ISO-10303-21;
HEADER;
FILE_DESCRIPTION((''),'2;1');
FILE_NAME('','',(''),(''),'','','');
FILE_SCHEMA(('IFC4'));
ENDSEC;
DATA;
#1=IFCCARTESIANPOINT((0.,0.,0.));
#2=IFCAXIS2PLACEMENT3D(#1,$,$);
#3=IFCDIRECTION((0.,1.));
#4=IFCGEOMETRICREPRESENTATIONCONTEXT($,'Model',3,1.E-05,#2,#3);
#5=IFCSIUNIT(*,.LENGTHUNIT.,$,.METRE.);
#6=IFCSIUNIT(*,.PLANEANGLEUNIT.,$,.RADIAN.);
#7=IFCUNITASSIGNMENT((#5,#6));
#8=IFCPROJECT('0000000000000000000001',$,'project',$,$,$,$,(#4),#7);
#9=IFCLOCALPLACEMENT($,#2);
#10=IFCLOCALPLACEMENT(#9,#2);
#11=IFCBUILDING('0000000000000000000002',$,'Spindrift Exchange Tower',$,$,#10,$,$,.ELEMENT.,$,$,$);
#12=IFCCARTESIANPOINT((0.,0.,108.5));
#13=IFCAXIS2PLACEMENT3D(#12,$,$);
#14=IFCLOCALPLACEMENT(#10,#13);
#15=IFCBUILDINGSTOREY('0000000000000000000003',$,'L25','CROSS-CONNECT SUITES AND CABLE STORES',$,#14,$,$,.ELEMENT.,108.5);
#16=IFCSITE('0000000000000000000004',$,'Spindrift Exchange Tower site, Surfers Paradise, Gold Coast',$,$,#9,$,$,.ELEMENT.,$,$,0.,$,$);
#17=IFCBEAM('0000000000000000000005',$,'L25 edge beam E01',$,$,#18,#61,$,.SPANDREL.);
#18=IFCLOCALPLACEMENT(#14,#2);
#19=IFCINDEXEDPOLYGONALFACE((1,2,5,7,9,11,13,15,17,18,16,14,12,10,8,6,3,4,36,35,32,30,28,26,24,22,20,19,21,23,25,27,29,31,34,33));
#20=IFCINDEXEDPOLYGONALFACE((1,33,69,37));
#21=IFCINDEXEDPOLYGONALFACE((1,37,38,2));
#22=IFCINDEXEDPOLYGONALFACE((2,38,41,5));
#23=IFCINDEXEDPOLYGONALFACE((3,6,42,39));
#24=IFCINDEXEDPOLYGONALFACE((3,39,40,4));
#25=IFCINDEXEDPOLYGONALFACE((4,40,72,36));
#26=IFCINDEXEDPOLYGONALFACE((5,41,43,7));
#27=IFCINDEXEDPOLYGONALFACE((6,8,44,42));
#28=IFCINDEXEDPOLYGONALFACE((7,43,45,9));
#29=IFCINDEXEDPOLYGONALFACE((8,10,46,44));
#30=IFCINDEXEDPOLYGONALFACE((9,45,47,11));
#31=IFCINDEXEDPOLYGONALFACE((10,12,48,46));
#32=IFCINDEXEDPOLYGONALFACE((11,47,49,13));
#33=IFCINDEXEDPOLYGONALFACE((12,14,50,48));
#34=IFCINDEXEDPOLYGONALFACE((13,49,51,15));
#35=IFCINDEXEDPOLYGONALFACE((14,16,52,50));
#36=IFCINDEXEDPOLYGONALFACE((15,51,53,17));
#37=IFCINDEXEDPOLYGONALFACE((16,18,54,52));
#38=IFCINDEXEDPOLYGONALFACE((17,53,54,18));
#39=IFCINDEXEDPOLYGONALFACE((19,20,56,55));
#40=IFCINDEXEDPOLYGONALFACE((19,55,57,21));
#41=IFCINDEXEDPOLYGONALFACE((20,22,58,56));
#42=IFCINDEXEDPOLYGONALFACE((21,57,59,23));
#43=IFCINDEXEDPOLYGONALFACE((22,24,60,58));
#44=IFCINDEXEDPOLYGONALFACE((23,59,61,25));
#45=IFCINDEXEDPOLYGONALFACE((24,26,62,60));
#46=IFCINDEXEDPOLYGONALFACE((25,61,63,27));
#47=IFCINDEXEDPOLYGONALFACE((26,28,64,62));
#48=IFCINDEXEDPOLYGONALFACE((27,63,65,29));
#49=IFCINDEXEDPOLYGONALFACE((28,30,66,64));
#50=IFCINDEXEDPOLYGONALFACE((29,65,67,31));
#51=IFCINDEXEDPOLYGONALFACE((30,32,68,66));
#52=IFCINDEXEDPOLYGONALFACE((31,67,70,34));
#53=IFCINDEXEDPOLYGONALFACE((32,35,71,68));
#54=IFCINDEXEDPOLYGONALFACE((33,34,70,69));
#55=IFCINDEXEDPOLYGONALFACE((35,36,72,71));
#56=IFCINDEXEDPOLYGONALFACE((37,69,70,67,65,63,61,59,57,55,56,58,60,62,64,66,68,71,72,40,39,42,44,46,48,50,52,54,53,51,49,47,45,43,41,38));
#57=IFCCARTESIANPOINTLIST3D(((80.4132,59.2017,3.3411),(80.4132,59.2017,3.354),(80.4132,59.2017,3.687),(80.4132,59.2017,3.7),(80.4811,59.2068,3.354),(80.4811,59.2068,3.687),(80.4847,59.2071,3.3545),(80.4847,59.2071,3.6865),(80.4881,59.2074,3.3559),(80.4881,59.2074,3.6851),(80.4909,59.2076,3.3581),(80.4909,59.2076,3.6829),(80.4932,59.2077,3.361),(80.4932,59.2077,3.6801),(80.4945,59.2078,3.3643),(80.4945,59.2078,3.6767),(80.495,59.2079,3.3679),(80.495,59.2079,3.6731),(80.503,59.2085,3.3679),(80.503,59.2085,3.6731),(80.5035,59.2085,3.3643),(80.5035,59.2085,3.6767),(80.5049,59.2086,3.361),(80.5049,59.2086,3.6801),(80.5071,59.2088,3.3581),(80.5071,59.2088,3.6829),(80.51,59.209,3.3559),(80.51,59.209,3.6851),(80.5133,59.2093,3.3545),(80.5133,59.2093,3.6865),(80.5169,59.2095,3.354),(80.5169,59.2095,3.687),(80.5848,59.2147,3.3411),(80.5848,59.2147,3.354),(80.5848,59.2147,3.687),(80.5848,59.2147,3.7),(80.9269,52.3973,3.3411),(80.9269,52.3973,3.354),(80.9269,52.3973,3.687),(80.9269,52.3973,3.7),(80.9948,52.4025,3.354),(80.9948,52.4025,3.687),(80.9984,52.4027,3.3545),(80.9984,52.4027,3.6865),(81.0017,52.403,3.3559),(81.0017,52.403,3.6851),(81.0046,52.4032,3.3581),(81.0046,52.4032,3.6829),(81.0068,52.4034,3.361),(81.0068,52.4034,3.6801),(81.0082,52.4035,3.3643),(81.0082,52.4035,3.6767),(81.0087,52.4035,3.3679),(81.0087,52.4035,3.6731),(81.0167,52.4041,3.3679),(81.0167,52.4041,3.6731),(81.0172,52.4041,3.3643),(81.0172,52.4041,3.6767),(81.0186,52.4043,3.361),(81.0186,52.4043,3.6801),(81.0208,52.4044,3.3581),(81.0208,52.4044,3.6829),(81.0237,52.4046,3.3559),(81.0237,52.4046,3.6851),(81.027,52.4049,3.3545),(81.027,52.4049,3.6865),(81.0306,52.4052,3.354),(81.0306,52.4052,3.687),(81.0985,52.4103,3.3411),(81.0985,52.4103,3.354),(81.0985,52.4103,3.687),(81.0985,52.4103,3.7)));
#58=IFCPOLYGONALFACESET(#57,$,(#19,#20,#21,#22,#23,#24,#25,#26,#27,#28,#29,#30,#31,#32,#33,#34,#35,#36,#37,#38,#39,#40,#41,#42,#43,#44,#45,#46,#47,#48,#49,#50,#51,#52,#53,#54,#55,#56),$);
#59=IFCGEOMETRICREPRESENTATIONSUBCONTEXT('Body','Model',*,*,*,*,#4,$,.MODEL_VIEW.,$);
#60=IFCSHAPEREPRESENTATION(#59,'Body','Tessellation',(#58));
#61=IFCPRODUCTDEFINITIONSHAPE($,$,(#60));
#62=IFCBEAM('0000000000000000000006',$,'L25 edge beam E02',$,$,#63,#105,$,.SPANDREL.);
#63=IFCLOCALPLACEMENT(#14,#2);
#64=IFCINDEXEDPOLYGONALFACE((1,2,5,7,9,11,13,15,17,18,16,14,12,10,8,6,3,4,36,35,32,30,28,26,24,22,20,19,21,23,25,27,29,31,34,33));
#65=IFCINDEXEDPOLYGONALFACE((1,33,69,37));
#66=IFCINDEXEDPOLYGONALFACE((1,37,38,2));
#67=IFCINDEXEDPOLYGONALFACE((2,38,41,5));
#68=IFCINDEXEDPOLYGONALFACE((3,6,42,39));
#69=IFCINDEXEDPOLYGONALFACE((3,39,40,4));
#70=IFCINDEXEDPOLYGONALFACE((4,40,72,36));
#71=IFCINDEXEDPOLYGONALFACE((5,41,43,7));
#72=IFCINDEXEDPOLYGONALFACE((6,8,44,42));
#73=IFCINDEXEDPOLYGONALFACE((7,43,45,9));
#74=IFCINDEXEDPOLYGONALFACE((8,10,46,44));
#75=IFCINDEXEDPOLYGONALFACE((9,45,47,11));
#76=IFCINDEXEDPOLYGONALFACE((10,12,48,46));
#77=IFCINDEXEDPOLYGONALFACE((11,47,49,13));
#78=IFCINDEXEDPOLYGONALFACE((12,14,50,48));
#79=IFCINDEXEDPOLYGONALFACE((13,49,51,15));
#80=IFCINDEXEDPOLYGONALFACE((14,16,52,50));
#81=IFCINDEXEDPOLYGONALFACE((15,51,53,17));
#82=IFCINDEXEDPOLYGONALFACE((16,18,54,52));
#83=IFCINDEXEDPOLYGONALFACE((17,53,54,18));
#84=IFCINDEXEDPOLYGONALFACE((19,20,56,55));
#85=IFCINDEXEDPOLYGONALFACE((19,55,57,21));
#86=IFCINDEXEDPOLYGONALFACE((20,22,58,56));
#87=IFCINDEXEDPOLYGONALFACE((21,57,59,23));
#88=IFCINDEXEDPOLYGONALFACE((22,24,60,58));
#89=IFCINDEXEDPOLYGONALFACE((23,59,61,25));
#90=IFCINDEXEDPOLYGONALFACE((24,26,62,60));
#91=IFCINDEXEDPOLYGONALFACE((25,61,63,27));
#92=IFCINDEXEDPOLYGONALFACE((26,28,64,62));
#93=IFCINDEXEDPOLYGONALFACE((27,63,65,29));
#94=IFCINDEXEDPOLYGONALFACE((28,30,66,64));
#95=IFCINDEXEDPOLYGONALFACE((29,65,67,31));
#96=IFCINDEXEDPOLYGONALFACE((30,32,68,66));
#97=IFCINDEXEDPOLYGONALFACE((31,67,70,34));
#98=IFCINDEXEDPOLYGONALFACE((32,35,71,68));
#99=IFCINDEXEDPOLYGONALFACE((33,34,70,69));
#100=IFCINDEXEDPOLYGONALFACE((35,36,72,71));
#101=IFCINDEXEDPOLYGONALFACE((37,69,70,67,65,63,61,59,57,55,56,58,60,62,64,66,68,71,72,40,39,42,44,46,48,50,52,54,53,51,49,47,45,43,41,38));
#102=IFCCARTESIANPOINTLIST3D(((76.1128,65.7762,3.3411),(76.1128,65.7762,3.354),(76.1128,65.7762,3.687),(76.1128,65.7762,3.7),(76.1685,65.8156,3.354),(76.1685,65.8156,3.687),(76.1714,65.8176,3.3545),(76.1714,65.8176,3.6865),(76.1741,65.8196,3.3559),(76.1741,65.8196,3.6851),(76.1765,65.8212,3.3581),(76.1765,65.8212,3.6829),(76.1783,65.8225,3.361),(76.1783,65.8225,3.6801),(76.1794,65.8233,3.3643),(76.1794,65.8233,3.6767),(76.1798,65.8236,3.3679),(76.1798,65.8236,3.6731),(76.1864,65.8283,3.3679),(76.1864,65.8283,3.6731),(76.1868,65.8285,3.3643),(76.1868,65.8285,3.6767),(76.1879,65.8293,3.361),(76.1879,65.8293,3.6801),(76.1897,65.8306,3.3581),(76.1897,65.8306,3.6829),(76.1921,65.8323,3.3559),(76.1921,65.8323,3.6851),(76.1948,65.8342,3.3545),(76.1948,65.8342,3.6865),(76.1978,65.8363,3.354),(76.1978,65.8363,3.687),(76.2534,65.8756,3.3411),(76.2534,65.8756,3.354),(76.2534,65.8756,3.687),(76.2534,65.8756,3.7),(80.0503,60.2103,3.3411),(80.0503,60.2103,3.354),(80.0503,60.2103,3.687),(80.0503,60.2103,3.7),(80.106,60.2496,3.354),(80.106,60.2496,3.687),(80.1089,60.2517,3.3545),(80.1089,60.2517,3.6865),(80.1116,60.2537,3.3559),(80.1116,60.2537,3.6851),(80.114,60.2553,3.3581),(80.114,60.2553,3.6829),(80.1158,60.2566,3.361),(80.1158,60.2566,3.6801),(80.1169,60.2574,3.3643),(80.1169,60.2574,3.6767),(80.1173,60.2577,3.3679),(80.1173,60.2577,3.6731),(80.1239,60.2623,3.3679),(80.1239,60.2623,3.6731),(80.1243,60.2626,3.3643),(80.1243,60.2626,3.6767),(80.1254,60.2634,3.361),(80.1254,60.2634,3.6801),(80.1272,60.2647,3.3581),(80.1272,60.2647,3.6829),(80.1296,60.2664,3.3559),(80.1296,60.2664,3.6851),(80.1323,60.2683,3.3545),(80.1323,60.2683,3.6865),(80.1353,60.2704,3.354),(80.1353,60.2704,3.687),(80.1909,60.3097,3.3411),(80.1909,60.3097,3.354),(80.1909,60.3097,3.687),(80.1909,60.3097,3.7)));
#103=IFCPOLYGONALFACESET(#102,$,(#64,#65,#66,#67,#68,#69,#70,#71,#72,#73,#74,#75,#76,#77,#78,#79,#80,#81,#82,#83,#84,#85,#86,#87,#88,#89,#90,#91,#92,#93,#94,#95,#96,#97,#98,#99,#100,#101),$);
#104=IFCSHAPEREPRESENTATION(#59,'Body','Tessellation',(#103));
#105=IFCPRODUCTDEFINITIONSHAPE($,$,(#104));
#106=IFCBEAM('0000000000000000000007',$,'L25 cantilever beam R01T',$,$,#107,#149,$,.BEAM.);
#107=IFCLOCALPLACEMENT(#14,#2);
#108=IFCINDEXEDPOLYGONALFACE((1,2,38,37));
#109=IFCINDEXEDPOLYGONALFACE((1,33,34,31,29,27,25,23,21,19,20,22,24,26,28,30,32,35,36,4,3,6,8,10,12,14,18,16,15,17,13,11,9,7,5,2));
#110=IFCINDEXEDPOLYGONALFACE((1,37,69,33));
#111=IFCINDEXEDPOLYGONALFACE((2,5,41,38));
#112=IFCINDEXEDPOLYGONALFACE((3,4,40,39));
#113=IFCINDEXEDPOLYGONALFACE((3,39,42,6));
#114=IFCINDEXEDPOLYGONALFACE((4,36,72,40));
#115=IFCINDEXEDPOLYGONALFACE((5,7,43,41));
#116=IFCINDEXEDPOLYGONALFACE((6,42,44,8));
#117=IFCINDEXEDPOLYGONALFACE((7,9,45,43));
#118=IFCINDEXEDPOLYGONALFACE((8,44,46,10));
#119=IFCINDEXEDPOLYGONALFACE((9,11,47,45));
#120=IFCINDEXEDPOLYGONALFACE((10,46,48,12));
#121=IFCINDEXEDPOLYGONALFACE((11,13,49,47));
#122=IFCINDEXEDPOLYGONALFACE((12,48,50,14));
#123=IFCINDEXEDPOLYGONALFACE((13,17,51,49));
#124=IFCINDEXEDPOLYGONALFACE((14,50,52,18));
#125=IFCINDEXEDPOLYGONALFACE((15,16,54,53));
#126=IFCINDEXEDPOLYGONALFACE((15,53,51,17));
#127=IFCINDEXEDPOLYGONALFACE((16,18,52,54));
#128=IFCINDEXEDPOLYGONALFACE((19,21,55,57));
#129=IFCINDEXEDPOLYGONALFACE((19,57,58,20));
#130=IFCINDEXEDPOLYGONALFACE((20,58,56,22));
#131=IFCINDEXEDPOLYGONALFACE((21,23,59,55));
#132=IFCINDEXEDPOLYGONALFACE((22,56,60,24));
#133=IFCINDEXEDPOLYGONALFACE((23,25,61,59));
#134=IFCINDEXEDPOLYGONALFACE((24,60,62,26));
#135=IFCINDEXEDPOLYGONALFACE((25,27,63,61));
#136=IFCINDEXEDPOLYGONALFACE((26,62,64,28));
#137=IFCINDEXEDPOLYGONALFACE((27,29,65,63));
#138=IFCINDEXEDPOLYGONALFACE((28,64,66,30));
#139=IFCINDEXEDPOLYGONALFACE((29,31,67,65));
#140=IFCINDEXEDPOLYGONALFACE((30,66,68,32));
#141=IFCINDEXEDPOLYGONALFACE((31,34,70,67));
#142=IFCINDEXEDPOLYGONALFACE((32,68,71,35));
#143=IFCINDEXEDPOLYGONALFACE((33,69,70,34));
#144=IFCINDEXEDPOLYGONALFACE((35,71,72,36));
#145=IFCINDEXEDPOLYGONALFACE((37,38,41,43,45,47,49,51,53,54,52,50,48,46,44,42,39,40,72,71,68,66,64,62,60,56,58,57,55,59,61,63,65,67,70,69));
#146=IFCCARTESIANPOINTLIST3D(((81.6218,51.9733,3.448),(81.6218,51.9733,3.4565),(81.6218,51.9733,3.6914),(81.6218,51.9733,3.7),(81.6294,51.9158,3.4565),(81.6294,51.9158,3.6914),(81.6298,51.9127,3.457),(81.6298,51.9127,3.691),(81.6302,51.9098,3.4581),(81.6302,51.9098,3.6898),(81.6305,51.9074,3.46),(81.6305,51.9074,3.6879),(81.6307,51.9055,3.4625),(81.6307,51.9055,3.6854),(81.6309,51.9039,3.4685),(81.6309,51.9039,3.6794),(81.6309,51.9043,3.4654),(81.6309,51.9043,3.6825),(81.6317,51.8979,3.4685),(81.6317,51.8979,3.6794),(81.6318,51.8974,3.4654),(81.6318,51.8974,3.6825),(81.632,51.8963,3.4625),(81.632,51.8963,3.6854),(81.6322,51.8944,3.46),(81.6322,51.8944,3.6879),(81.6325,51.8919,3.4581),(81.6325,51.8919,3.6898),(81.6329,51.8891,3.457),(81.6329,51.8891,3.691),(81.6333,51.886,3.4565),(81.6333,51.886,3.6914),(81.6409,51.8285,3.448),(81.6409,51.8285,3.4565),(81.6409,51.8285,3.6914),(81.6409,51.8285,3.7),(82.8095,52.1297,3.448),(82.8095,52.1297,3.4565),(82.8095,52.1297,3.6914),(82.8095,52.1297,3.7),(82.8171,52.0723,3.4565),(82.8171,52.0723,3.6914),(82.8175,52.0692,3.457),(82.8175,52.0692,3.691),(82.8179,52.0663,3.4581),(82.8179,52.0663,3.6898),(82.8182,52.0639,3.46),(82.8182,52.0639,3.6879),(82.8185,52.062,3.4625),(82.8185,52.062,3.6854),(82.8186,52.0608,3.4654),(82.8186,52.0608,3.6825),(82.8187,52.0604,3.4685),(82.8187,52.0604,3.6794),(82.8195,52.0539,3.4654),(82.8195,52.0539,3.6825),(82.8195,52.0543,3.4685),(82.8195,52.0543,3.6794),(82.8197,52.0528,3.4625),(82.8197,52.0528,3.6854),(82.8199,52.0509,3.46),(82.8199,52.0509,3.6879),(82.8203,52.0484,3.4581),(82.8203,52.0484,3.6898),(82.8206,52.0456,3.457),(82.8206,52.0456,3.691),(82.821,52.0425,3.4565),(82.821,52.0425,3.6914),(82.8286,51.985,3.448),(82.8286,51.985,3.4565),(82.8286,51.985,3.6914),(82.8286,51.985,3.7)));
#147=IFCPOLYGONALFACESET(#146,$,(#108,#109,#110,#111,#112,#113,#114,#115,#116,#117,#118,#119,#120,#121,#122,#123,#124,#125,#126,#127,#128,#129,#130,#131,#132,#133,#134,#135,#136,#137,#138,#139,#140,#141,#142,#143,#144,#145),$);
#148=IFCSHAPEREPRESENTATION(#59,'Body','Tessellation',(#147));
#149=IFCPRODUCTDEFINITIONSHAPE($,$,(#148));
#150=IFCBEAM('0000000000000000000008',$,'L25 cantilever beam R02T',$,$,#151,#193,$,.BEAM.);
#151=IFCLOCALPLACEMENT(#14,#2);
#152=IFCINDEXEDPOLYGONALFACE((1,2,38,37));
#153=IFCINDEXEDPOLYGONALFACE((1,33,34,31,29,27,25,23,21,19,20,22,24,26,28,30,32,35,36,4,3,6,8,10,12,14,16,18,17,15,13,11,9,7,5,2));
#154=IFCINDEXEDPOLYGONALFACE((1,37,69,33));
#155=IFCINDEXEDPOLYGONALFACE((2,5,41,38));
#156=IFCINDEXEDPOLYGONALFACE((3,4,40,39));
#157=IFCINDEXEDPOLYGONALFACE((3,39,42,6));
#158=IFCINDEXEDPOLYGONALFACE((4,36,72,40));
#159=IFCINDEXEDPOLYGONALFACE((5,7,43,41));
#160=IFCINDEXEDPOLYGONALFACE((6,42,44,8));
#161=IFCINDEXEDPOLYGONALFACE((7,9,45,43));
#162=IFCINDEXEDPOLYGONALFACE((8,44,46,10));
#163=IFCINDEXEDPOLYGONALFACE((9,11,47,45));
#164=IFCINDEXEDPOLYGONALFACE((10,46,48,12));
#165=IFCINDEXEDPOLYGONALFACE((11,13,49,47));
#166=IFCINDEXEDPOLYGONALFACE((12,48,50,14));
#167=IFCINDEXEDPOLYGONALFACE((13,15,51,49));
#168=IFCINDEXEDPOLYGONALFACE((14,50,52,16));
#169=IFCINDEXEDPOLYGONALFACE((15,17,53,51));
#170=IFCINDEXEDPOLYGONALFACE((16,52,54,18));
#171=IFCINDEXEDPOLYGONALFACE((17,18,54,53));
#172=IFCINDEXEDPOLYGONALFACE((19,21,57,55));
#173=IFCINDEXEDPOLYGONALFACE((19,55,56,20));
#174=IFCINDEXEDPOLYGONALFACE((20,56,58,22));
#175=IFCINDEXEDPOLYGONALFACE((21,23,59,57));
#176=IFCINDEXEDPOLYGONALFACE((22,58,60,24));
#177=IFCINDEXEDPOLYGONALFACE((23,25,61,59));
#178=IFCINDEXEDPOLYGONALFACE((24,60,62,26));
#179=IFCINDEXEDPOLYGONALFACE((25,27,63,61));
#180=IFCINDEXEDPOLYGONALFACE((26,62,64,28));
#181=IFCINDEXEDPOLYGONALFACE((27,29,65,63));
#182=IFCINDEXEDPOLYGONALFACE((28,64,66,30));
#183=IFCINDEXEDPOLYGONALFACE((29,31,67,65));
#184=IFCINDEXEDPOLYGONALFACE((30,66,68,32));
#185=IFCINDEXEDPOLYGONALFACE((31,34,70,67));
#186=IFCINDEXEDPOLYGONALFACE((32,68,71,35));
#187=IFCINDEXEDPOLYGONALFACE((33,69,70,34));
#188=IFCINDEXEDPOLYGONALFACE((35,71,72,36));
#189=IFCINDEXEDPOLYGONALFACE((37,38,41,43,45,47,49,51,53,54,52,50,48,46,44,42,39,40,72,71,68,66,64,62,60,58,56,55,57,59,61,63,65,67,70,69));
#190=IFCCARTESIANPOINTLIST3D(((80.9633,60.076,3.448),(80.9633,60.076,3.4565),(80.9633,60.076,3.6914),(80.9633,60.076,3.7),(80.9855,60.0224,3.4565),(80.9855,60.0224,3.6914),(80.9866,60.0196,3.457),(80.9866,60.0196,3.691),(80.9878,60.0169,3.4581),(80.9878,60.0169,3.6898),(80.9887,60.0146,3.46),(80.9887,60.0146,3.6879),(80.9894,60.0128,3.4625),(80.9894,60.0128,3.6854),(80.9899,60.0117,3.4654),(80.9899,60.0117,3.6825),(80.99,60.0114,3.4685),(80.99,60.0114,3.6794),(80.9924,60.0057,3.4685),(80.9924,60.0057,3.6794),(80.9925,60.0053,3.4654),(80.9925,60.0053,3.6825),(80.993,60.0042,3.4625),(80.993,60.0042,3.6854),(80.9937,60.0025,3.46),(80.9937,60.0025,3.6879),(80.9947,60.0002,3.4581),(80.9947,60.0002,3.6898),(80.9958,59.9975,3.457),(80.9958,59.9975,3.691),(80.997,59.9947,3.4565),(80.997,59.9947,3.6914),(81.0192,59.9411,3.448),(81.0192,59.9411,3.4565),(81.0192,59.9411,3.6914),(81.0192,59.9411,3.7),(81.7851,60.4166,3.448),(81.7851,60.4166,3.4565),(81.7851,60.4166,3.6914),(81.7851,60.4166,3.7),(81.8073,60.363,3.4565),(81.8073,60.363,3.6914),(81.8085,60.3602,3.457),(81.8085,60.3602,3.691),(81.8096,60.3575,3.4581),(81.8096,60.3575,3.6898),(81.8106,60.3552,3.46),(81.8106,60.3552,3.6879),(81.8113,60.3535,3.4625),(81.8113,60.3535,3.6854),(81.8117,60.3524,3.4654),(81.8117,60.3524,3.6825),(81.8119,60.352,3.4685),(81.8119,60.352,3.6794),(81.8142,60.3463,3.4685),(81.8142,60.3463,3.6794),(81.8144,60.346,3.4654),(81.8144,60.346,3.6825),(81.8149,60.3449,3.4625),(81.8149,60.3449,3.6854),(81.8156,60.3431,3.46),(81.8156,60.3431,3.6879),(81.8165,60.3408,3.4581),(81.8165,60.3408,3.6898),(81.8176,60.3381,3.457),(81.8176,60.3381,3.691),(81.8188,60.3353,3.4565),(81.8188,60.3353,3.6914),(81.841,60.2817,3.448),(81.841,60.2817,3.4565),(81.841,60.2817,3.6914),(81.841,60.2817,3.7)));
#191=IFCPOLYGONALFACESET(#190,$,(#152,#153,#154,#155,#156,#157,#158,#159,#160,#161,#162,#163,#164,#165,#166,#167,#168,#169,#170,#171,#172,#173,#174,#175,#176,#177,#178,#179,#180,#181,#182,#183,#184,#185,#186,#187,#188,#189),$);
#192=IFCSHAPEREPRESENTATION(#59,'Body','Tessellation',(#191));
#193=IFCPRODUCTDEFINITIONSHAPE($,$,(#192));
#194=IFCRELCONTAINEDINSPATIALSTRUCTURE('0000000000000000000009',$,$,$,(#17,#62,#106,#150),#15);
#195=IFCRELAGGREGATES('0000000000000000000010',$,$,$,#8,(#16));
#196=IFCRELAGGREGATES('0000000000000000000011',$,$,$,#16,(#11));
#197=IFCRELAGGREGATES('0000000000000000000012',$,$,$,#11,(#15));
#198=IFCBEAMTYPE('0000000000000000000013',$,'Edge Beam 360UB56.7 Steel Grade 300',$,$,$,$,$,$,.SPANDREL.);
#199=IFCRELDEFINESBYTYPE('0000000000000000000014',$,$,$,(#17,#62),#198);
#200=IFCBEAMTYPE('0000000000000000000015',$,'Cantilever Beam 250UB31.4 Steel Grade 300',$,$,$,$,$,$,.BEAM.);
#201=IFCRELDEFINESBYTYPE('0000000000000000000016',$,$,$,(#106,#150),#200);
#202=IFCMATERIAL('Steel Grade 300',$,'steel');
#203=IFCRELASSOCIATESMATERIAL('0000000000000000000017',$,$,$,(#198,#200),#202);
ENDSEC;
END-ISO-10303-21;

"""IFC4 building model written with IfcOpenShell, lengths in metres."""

from ifc_helpers import new_model, si_unit, direction, frame, origin, origin_2d, place, context, subcontext, project, spatial, i_section, extrude, source, transform, mapped, material, material_profile, profile_set, type_object, element, save


model = new_model("IFC4")

# Units and contexts
model_context = context("Model", 3, precision=1e-05, world=origin(), true_north=direction((0.0, 1.0)))
body_context = subcontext(model_context, "Body", "Model", "MODEL_VIEW")
ifc_project = project(units=[si_unit("LENGTHUNIT", "METRE"), si_unit("PLANEANGLEUNIT", "RADIAN")], contexts=[model_context])

# Site, building, storey
site_placement = place(None, origin())
site = spatial("IfcSite", under=ifc_project, at=site_placement, Name="Spindrift Exchange Tower site, Surfers Paradise, Gold Coast", CompositionType="ELEMENT", RefElevation=0.0)
building_placement = place(site_placement, origin())
building = spatial("IfcBuilding", under=site, at=building_placement, Name="Spindrift Exchange Tower", CompositionType="ELEMENT")
storey_placement = place(building_placement, frame((0.0, 0.0, 108.5)))
storey = spatial("IfcBuildingStorey", under=building, at=storey_placement, Name="L25", Description="CROSS-CONNECT SUITES AND CABLE STORES", CompositionType="ELEMENT", Elevation=108.5)

# Beams
ifc_material_1 = material(Name="Steel Grade 300", Category="steel")
ifc_material_profile_1 = material_profile(ifc_material_1, i_section(OverallWidth=0.1721, OverallDepth=0.3589, WebThickness=0.0081, FlangeThickness=0.0129, FilletRadius=0.0139, at=origin_2d()), Name="360UB56.7")
ifc_profile_set_1 = profile_set([ifc_material_profile_1], Name="Steel Grade 300")
beam_type_1 = type_object("IfcBeamType", Name="Edge Beam 360UB56.7 Steel Grade 300", PredefinedType="SPANDREL", material=ifc_profile_set_1)
shared_shape_1 = source(origin(), body_context, "Body", "SweptSolid", [
    extrude(i_section(OverallWidth=0.1721, OverallDepth=0.3589, WebThickness=0.0081, FlangeThickness=0.0129, FilletRadius=0.0139, at=origin_2d()), origin(), (0.0, 0.0, 1.0), 6.8237),
])
beam_1_placement = place(storey_placement, frame((81.0127, 52.4038, 3.5205), z_axis=(-0.075276, 0.997163, 0.0), x_axis=(-0.997163, -0.075276, 0.0)))
element("IfcBeam", 1, at=beam_1_placement, inside=storey, type_object=beam_type_1, Name="L25 edge beam E01", PredefinedType="SPANDREL", context=body_context, shape_type="MappedRepresentation", body=[
    mapped(shared_shape_1, transform((0.0, 0.0, 0.0), scale=1.0)),
])
shared_shape_2 = source(origin(), body_context, "Body", "SweptSolid", [
    extrude(i_section(OverallWidth=0.1721, OverallDepth=0.3589, WebThickness=0.0081, FlangeThickness=0.0129, FilletRadius=0.0139, at=origin_2d()), origin(), (0.0, 0.0, 1.0), 6.8179),
])
beam_2_placement = place(storey_placement, frame((80.1206, 60.26, 3.5205), z_axis=(-0.577526, 0.816372, 0.0), x_axis=(-0.816372, -0.577526, 0.0)))
element("IfcBeam", 2, at=beam_2_placement, inside=storey, type_object=beam_type_1, Name="L25 edge beam E02", PredefinedType="SPANDREL", context=body_context, shape_type="MappedRepresentation", body=[
    mapped(shared_shape_2, transform((0.0, 0.0, 0.0), scale=1.0)),
])
ifc_material_profile_2 = material_profile(ifc_material_1, i_section(OverallWidth=0.146, OverallDepth=0.252, WebThickness=0.0061, FlangeThickness=0.0085, FilletRadius=0.012, at=origin_2d()), Name="250UB31.4")
ifc_profile_set_2 = profile_set([ifc_material_profile_2], Name="Steel Grade 300")
beam_type_2 = type_object("IfcBeamType", Name="Cantilever Beam 250UB31.4 Steel Grade 300", PredefinedType="BEAM", material=ifc_profile_set_2)
shared_shape_3 = source(origin(), body_context, "Body", "SweptSolid", [
    extrude(i_section(OverallWidth=0.146, OverallDepth=0.252, WebThickness=0.0061, FlangeThickness=0.0085, FilletRadius=0.012, at=origin_2d()), origin(), (0.0, 0.0, 1.0), 1.198),
])
beam_3_placement = place(storey_placement, frame((81.6313, 51.9009, 3.574), z_axis=(0.991431, 0.130628, 0.0), x_axis=(-0.130628, 0.991431, 0.0)))
element("IfcBeam", 3, at=beam_3_placement, inside=storey, type_object=beam_type_2, Name="L25 cantilever beam R01T", PredefinedType="BEAM", context=body_context, shape_type="MappedRepresentation", body=[
    mapped(shared_shape_3, transform((0.0, 0.0, 0.0), scale=1.0)),
])
shared_shape_4 = source(origin(), body_context, "Body", "SweptSolid", [
    extrude(i_section(OverallWidth=0.146, OverallDepth=0.252, WebThickness=0.0061, FlangeThickness=0.0085, FilletRadius=0.012, at=origin_2d()), origin(), (0.0, 0.0, 1.0), 0.8896),
])
beam_4_placement = place(storey_placement, frame((80.9912, 60.0085, 3.574), z_axis=(0.923806, 0.382861, 0.0), x_axis=(-0.382861, 0.923806, 0.0)))
element("IfcBeam", 4, at=beam_4_placement, inside=storey, type_object=beam_type_2, Name="L25 cantilever beam R02T", PredefinedType="BEAM", context=body_context, shape_type="MappedRepresentation", body=[
    mapped(shared_shape_4, transform((0.0, 0.0, 0.0), scale=1.0)),
])

save(model, "model.ifc")
